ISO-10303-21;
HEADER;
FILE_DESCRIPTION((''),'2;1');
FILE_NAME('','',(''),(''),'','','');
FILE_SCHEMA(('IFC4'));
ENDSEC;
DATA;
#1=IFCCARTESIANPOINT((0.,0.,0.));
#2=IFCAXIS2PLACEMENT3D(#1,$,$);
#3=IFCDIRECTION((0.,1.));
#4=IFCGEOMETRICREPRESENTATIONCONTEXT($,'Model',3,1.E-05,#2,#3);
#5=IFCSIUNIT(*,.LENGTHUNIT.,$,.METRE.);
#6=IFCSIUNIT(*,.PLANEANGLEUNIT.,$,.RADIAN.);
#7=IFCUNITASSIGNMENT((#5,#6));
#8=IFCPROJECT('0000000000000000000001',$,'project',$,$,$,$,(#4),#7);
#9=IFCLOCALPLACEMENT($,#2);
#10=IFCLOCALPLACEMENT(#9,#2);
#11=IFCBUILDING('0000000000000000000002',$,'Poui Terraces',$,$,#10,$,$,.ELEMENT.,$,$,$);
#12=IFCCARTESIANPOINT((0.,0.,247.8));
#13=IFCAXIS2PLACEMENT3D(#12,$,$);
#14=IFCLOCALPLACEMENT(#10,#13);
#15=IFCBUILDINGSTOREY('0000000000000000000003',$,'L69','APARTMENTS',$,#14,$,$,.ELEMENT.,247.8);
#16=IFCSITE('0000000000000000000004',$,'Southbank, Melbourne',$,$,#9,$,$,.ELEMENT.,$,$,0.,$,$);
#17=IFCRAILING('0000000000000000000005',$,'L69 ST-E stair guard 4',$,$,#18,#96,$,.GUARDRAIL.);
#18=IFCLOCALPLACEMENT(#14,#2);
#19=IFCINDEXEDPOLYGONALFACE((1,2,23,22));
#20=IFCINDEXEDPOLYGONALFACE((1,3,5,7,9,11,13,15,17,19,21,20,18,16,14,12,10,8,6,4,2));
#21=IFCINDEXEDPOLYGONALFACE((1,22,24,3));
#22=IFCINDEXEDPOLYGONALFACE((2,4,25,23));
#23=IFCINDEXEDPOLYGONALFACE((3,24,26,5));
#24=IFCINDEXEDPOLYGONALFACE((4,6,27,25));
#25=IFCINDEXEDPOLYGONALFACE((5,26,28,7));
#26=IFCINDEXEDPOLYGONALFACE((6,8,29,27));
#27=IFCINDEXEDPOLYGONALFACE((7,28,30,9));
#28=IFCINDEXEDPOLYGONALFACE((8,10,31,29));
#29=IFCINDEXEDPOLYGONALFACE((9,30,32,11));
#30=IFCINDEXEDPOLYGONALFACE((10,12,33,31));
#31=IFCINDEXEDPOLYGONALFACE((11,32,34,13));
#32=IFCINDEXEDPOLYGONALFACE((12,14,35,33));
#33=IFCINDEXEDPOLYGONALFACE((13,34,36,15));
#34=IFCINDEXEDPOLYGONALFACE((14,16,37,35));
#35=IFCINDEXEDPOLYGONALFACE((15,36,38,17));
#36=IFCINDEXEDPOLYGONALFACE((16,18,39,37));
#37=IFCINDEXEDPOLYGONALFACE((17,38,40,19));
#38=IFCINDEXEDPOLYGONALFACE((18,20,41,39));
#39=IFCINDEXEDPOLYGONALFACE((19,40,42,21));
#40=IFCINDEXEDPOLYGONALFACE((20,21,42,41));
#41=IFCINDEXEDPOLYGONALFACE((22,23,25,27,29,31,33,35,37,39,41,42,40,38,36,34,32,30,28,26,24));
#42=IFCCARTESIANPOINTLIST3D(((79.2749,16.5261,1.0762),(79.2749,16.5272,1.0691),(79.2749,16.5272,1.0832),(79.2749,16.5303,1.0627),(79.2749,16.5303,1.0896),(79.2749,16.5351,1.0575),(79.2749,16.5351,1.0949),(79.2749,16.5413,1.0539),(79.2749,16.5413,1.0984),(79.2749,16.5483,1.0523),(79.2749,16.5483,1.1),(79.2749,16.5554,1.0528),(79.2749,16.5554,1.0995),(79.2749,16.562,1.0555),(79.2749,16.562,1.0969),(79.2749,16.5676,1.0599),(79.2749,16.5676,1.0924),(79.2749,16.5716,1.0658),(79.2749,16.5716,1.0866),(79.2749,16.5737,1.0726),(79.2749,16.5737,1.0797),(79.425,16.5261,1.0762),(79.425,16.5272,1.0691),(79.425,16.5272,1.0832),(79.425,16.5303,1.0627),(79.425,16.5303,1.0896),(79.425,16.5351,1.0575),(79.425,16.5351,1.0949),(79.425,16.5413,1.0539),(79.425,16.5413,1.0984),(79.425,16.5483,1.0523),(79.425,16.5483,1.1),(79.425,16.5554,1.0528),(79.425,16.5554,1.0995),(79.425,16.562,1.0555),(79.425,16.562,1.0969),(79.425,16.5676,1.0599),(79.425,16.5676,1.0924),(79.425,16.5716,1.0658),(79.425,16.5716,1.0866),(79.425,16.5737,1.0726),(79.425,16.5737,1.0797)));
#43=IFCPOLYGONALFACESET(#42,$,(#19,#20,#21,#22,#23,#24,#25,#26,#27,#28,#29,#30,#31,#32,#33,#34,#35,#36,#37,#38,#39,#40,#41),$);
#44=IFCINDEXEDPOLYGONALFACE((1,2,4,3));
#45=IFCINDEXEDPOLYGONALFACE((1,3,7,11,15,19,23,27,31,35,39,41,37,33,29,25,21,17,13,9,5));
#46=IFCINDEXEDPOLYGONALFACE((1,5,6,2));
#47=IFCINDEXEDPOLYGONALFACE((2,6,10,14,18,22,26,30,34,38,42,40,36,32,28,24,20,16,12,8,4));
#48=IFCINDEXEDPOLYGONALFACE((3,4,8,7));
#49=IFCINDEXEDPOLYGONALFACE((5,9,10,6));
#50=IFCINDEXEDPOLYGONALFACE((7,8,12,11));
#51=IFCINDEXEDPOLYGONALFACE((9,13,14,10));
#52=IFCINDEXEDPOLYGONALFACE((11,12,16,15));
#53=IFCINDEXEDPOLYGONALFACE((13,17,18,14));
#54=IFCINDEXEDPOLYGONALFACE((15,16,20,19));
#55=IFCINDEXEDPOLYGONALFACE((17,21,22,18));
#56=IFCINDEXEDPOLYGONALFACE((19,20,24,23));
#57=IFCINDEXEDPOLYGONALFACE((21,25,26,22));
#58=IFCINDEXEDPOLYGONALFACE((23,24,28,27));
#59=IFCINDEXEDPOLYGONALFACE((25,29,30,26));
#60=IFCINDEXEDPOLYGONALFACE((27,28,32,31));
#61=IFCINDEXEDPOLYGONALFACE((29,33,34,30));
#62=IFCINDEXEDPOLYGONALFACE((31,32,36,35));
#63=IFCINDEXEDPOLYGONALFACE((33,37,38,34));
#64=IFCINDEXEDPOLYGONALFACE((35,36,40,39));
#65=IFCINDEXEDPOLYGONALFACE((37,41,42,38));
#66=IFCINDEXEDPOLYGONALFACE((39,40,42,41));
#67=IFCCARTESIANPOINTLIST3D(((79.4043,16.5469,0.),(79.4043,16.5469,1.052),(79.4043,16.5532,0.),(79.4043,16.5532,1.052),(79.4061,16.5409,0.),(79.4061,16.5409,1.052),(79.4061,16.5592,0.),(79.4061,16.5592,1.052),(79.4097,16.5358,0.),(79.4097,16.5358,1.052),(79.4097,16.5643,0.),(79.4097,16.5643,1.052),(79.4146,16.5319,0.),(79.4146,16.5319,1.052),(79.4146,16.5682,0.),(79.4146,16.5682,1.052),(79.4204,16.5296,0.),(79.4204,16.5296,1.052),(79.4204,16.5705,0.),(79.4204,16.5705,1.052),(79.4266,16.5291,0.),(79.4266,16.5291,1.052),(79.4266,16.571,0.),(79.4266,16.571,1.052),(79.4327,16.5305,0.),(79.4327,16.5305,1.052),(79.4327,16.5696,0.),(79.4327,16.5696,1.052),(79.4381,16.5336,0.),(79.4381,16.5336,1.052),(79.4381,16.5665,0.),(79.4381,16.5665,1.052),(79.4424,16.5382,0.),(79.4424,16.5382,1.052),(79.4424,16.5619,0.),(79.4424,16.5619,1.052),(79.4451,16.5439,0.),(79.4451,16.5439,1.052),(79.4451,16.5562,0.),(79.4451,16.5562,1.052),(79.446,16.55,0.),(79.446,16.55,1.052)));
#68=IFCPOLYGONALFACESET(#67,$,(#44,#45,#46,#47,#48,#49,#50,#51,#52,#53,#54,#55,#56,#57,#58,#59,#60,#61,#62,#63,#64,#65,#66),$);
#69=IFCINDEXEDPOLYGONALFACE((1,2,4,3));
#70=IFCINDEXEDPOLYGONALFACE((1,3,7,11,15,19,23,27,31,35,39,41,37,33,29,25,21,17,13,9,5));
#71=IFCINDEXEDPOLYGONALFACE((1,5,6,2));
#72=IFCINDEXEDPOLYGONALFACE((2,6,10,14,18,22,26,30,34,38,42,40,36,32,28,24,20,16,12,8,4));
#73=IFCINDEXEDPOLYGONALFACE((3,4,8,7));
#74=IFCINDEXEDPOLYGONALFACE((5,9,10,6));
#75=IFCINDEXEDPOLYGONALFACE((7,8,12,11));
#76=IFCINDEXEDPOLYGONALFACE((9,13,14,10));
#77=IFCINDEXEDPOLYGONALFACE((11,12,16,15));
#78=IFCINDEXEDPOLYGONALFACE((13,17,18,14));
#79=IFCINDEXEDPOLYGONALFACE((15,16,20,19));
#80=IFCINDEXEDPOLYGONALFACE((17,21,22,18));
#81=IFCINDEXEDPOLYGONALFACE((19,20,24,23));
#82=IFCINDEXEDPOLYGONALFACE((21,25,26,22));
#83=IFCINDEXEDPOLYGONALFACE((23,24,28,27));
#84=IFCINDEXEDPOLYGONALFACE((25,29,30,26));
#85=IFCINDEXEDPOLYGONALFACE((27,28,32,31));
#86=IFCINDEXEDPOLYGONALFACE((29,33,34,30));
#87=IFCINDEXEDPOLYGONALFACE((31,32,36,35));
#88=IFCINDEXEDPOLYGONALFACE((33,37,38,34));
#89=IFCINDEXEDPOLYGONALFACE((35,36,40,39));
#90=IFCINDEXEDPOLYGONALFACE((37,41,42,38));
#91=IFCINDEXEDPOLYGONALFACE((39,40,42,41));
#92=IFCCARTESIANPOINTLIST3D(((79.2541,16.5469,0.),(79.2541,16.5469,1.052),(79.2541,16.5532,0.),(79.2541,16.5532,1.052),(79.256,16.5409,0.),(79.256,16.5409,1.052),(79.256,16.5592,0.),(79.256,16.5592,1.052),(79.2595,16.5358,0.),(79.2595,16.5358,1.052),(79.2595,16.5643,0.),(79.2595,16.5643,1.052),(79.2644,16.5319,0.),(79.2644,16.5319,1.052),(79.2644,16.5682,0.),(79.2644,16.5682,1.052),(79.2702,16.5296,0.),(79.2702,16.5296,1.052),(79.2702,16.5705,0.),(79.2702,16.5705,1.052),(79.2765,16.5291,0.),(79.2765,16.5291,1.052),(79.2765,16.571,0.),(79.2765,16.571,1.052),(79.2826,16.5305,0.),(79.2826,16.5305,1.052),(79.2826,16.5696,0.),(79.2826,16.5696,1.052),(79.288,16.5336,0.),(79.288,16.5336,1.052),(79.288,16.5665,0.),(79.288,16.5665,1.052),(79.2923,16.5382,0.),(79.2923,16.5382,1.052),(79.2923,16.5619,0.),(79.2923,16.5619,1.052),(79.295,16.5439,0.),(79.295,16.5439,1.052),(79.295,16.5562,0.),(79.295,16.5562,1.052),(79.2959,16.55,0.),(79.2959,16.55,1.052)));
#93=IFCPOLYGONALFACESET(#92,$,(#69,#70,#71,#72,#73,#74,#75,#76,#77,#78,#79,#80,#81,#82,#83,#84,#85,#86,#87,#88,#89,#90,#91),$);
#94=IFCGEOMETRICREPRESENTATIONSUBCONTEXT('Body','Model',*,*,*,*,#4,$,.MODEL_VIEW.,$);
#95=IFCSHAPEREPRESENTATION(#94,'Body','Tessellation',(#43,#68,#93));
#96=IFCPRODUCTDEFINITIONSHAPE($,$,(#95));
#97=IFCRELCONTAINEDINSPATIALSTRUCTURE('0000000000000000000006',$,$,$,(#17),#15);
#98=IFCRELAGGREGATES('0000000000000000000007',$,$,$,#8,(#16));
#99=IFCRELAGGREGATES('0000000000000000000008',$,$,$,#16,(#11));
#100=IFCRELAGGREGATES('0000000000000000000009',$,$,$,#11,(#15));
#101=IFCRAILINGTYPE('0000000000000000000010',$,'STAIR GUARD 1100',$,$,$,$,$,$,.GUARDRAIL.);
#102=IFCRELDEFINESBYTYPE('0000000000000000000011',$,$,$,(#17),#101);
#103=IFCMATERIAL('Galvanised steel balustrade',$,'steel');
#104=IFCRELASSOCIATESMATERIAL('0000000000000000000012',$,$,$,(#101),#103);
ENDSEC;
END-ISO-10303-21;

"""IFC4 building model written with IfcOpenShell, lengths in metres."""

from ifc_helpers import new_model, si_unit, direction, frame, origin, origin_2d, place, context, subcontext, project, spatial, circle, extrude, material, type_object, element, save


model = new_model("IFC4")

# Units and contexts
model_context = context("Model", 3, precision=1e-05, world=origin(), true_north=direction((0.0, 1.0)))
body_context = subcontext(model_context, "Body", "Model", "MODEL_VIEW")
ifc_project = project(units=[si_unit("LENGTHUNIT", "METRE"), si_unit("PLANEANGLEUNIT", "RADIAN")], contexts=[model_context])

# Site, building, storey
site_placement = place(None, origin())
site = spatial("IfcSite", under=ifc_project, at=site_placement, Name="Southbank, Melbourne", CompositionType="ELEMENT", RefElevation=0.0)
building_placement = place(site_placement, origin())
building = spatial("IfcBuilding", under=site, at=building_placement, Name="Poui Terraces", CompositionType="ELEMENT")
storey_placement = place(building_placement, frame((0.0, 0.0, 247.8)))
storey = spatial("IfcBuildingStorey", under=building, at=storey_placement, Name="L69", Description="APARTMENTS", CompositionType="ELEMENT", Elevation=247.8)

# Railing
ifc_material_1 = material(Name="Galvanised steel balustrade", Category="steel")
railing_type_1 = type_object("IfcRailingType", Name="STAIR GUARD 1100", PredefinedType="GUARDRAIL", material=ifc_material_1)
railing_1_placement = place(storey_placement, frame((79.425, 16.55, 0.0)))
element("IfcRailing", 1, at=railing_1_placement, inside=storey, type_object=railing_type_1, Name="L69 ST-E stair guard 4", PredefinedType="GUARDRAIL", context=body_context, shape_type="SweptSolid", body=[
    extrude(circle(Radius=0.0239, at=origin_2d()), frame((0.0, 0.0, 1.0762), z_axis=(-1.0, 0.0, 0.0), x_axis=(0.0, -1.0, 0.0)), (0.0, 0.0, 1.0), 0.1501),
    extrude(circle(Radius=0.021, at=origin_2d()), origin(), (0.0, 0.0, 1.0), 1.052),
    extrude(circle(Radius=0.021, at=origin_2d()), frame((-0.1501, 0.0, 0.0)), (0.0, 0.0, 1.0), 1.052),
])

save(model, "model.ifc")
